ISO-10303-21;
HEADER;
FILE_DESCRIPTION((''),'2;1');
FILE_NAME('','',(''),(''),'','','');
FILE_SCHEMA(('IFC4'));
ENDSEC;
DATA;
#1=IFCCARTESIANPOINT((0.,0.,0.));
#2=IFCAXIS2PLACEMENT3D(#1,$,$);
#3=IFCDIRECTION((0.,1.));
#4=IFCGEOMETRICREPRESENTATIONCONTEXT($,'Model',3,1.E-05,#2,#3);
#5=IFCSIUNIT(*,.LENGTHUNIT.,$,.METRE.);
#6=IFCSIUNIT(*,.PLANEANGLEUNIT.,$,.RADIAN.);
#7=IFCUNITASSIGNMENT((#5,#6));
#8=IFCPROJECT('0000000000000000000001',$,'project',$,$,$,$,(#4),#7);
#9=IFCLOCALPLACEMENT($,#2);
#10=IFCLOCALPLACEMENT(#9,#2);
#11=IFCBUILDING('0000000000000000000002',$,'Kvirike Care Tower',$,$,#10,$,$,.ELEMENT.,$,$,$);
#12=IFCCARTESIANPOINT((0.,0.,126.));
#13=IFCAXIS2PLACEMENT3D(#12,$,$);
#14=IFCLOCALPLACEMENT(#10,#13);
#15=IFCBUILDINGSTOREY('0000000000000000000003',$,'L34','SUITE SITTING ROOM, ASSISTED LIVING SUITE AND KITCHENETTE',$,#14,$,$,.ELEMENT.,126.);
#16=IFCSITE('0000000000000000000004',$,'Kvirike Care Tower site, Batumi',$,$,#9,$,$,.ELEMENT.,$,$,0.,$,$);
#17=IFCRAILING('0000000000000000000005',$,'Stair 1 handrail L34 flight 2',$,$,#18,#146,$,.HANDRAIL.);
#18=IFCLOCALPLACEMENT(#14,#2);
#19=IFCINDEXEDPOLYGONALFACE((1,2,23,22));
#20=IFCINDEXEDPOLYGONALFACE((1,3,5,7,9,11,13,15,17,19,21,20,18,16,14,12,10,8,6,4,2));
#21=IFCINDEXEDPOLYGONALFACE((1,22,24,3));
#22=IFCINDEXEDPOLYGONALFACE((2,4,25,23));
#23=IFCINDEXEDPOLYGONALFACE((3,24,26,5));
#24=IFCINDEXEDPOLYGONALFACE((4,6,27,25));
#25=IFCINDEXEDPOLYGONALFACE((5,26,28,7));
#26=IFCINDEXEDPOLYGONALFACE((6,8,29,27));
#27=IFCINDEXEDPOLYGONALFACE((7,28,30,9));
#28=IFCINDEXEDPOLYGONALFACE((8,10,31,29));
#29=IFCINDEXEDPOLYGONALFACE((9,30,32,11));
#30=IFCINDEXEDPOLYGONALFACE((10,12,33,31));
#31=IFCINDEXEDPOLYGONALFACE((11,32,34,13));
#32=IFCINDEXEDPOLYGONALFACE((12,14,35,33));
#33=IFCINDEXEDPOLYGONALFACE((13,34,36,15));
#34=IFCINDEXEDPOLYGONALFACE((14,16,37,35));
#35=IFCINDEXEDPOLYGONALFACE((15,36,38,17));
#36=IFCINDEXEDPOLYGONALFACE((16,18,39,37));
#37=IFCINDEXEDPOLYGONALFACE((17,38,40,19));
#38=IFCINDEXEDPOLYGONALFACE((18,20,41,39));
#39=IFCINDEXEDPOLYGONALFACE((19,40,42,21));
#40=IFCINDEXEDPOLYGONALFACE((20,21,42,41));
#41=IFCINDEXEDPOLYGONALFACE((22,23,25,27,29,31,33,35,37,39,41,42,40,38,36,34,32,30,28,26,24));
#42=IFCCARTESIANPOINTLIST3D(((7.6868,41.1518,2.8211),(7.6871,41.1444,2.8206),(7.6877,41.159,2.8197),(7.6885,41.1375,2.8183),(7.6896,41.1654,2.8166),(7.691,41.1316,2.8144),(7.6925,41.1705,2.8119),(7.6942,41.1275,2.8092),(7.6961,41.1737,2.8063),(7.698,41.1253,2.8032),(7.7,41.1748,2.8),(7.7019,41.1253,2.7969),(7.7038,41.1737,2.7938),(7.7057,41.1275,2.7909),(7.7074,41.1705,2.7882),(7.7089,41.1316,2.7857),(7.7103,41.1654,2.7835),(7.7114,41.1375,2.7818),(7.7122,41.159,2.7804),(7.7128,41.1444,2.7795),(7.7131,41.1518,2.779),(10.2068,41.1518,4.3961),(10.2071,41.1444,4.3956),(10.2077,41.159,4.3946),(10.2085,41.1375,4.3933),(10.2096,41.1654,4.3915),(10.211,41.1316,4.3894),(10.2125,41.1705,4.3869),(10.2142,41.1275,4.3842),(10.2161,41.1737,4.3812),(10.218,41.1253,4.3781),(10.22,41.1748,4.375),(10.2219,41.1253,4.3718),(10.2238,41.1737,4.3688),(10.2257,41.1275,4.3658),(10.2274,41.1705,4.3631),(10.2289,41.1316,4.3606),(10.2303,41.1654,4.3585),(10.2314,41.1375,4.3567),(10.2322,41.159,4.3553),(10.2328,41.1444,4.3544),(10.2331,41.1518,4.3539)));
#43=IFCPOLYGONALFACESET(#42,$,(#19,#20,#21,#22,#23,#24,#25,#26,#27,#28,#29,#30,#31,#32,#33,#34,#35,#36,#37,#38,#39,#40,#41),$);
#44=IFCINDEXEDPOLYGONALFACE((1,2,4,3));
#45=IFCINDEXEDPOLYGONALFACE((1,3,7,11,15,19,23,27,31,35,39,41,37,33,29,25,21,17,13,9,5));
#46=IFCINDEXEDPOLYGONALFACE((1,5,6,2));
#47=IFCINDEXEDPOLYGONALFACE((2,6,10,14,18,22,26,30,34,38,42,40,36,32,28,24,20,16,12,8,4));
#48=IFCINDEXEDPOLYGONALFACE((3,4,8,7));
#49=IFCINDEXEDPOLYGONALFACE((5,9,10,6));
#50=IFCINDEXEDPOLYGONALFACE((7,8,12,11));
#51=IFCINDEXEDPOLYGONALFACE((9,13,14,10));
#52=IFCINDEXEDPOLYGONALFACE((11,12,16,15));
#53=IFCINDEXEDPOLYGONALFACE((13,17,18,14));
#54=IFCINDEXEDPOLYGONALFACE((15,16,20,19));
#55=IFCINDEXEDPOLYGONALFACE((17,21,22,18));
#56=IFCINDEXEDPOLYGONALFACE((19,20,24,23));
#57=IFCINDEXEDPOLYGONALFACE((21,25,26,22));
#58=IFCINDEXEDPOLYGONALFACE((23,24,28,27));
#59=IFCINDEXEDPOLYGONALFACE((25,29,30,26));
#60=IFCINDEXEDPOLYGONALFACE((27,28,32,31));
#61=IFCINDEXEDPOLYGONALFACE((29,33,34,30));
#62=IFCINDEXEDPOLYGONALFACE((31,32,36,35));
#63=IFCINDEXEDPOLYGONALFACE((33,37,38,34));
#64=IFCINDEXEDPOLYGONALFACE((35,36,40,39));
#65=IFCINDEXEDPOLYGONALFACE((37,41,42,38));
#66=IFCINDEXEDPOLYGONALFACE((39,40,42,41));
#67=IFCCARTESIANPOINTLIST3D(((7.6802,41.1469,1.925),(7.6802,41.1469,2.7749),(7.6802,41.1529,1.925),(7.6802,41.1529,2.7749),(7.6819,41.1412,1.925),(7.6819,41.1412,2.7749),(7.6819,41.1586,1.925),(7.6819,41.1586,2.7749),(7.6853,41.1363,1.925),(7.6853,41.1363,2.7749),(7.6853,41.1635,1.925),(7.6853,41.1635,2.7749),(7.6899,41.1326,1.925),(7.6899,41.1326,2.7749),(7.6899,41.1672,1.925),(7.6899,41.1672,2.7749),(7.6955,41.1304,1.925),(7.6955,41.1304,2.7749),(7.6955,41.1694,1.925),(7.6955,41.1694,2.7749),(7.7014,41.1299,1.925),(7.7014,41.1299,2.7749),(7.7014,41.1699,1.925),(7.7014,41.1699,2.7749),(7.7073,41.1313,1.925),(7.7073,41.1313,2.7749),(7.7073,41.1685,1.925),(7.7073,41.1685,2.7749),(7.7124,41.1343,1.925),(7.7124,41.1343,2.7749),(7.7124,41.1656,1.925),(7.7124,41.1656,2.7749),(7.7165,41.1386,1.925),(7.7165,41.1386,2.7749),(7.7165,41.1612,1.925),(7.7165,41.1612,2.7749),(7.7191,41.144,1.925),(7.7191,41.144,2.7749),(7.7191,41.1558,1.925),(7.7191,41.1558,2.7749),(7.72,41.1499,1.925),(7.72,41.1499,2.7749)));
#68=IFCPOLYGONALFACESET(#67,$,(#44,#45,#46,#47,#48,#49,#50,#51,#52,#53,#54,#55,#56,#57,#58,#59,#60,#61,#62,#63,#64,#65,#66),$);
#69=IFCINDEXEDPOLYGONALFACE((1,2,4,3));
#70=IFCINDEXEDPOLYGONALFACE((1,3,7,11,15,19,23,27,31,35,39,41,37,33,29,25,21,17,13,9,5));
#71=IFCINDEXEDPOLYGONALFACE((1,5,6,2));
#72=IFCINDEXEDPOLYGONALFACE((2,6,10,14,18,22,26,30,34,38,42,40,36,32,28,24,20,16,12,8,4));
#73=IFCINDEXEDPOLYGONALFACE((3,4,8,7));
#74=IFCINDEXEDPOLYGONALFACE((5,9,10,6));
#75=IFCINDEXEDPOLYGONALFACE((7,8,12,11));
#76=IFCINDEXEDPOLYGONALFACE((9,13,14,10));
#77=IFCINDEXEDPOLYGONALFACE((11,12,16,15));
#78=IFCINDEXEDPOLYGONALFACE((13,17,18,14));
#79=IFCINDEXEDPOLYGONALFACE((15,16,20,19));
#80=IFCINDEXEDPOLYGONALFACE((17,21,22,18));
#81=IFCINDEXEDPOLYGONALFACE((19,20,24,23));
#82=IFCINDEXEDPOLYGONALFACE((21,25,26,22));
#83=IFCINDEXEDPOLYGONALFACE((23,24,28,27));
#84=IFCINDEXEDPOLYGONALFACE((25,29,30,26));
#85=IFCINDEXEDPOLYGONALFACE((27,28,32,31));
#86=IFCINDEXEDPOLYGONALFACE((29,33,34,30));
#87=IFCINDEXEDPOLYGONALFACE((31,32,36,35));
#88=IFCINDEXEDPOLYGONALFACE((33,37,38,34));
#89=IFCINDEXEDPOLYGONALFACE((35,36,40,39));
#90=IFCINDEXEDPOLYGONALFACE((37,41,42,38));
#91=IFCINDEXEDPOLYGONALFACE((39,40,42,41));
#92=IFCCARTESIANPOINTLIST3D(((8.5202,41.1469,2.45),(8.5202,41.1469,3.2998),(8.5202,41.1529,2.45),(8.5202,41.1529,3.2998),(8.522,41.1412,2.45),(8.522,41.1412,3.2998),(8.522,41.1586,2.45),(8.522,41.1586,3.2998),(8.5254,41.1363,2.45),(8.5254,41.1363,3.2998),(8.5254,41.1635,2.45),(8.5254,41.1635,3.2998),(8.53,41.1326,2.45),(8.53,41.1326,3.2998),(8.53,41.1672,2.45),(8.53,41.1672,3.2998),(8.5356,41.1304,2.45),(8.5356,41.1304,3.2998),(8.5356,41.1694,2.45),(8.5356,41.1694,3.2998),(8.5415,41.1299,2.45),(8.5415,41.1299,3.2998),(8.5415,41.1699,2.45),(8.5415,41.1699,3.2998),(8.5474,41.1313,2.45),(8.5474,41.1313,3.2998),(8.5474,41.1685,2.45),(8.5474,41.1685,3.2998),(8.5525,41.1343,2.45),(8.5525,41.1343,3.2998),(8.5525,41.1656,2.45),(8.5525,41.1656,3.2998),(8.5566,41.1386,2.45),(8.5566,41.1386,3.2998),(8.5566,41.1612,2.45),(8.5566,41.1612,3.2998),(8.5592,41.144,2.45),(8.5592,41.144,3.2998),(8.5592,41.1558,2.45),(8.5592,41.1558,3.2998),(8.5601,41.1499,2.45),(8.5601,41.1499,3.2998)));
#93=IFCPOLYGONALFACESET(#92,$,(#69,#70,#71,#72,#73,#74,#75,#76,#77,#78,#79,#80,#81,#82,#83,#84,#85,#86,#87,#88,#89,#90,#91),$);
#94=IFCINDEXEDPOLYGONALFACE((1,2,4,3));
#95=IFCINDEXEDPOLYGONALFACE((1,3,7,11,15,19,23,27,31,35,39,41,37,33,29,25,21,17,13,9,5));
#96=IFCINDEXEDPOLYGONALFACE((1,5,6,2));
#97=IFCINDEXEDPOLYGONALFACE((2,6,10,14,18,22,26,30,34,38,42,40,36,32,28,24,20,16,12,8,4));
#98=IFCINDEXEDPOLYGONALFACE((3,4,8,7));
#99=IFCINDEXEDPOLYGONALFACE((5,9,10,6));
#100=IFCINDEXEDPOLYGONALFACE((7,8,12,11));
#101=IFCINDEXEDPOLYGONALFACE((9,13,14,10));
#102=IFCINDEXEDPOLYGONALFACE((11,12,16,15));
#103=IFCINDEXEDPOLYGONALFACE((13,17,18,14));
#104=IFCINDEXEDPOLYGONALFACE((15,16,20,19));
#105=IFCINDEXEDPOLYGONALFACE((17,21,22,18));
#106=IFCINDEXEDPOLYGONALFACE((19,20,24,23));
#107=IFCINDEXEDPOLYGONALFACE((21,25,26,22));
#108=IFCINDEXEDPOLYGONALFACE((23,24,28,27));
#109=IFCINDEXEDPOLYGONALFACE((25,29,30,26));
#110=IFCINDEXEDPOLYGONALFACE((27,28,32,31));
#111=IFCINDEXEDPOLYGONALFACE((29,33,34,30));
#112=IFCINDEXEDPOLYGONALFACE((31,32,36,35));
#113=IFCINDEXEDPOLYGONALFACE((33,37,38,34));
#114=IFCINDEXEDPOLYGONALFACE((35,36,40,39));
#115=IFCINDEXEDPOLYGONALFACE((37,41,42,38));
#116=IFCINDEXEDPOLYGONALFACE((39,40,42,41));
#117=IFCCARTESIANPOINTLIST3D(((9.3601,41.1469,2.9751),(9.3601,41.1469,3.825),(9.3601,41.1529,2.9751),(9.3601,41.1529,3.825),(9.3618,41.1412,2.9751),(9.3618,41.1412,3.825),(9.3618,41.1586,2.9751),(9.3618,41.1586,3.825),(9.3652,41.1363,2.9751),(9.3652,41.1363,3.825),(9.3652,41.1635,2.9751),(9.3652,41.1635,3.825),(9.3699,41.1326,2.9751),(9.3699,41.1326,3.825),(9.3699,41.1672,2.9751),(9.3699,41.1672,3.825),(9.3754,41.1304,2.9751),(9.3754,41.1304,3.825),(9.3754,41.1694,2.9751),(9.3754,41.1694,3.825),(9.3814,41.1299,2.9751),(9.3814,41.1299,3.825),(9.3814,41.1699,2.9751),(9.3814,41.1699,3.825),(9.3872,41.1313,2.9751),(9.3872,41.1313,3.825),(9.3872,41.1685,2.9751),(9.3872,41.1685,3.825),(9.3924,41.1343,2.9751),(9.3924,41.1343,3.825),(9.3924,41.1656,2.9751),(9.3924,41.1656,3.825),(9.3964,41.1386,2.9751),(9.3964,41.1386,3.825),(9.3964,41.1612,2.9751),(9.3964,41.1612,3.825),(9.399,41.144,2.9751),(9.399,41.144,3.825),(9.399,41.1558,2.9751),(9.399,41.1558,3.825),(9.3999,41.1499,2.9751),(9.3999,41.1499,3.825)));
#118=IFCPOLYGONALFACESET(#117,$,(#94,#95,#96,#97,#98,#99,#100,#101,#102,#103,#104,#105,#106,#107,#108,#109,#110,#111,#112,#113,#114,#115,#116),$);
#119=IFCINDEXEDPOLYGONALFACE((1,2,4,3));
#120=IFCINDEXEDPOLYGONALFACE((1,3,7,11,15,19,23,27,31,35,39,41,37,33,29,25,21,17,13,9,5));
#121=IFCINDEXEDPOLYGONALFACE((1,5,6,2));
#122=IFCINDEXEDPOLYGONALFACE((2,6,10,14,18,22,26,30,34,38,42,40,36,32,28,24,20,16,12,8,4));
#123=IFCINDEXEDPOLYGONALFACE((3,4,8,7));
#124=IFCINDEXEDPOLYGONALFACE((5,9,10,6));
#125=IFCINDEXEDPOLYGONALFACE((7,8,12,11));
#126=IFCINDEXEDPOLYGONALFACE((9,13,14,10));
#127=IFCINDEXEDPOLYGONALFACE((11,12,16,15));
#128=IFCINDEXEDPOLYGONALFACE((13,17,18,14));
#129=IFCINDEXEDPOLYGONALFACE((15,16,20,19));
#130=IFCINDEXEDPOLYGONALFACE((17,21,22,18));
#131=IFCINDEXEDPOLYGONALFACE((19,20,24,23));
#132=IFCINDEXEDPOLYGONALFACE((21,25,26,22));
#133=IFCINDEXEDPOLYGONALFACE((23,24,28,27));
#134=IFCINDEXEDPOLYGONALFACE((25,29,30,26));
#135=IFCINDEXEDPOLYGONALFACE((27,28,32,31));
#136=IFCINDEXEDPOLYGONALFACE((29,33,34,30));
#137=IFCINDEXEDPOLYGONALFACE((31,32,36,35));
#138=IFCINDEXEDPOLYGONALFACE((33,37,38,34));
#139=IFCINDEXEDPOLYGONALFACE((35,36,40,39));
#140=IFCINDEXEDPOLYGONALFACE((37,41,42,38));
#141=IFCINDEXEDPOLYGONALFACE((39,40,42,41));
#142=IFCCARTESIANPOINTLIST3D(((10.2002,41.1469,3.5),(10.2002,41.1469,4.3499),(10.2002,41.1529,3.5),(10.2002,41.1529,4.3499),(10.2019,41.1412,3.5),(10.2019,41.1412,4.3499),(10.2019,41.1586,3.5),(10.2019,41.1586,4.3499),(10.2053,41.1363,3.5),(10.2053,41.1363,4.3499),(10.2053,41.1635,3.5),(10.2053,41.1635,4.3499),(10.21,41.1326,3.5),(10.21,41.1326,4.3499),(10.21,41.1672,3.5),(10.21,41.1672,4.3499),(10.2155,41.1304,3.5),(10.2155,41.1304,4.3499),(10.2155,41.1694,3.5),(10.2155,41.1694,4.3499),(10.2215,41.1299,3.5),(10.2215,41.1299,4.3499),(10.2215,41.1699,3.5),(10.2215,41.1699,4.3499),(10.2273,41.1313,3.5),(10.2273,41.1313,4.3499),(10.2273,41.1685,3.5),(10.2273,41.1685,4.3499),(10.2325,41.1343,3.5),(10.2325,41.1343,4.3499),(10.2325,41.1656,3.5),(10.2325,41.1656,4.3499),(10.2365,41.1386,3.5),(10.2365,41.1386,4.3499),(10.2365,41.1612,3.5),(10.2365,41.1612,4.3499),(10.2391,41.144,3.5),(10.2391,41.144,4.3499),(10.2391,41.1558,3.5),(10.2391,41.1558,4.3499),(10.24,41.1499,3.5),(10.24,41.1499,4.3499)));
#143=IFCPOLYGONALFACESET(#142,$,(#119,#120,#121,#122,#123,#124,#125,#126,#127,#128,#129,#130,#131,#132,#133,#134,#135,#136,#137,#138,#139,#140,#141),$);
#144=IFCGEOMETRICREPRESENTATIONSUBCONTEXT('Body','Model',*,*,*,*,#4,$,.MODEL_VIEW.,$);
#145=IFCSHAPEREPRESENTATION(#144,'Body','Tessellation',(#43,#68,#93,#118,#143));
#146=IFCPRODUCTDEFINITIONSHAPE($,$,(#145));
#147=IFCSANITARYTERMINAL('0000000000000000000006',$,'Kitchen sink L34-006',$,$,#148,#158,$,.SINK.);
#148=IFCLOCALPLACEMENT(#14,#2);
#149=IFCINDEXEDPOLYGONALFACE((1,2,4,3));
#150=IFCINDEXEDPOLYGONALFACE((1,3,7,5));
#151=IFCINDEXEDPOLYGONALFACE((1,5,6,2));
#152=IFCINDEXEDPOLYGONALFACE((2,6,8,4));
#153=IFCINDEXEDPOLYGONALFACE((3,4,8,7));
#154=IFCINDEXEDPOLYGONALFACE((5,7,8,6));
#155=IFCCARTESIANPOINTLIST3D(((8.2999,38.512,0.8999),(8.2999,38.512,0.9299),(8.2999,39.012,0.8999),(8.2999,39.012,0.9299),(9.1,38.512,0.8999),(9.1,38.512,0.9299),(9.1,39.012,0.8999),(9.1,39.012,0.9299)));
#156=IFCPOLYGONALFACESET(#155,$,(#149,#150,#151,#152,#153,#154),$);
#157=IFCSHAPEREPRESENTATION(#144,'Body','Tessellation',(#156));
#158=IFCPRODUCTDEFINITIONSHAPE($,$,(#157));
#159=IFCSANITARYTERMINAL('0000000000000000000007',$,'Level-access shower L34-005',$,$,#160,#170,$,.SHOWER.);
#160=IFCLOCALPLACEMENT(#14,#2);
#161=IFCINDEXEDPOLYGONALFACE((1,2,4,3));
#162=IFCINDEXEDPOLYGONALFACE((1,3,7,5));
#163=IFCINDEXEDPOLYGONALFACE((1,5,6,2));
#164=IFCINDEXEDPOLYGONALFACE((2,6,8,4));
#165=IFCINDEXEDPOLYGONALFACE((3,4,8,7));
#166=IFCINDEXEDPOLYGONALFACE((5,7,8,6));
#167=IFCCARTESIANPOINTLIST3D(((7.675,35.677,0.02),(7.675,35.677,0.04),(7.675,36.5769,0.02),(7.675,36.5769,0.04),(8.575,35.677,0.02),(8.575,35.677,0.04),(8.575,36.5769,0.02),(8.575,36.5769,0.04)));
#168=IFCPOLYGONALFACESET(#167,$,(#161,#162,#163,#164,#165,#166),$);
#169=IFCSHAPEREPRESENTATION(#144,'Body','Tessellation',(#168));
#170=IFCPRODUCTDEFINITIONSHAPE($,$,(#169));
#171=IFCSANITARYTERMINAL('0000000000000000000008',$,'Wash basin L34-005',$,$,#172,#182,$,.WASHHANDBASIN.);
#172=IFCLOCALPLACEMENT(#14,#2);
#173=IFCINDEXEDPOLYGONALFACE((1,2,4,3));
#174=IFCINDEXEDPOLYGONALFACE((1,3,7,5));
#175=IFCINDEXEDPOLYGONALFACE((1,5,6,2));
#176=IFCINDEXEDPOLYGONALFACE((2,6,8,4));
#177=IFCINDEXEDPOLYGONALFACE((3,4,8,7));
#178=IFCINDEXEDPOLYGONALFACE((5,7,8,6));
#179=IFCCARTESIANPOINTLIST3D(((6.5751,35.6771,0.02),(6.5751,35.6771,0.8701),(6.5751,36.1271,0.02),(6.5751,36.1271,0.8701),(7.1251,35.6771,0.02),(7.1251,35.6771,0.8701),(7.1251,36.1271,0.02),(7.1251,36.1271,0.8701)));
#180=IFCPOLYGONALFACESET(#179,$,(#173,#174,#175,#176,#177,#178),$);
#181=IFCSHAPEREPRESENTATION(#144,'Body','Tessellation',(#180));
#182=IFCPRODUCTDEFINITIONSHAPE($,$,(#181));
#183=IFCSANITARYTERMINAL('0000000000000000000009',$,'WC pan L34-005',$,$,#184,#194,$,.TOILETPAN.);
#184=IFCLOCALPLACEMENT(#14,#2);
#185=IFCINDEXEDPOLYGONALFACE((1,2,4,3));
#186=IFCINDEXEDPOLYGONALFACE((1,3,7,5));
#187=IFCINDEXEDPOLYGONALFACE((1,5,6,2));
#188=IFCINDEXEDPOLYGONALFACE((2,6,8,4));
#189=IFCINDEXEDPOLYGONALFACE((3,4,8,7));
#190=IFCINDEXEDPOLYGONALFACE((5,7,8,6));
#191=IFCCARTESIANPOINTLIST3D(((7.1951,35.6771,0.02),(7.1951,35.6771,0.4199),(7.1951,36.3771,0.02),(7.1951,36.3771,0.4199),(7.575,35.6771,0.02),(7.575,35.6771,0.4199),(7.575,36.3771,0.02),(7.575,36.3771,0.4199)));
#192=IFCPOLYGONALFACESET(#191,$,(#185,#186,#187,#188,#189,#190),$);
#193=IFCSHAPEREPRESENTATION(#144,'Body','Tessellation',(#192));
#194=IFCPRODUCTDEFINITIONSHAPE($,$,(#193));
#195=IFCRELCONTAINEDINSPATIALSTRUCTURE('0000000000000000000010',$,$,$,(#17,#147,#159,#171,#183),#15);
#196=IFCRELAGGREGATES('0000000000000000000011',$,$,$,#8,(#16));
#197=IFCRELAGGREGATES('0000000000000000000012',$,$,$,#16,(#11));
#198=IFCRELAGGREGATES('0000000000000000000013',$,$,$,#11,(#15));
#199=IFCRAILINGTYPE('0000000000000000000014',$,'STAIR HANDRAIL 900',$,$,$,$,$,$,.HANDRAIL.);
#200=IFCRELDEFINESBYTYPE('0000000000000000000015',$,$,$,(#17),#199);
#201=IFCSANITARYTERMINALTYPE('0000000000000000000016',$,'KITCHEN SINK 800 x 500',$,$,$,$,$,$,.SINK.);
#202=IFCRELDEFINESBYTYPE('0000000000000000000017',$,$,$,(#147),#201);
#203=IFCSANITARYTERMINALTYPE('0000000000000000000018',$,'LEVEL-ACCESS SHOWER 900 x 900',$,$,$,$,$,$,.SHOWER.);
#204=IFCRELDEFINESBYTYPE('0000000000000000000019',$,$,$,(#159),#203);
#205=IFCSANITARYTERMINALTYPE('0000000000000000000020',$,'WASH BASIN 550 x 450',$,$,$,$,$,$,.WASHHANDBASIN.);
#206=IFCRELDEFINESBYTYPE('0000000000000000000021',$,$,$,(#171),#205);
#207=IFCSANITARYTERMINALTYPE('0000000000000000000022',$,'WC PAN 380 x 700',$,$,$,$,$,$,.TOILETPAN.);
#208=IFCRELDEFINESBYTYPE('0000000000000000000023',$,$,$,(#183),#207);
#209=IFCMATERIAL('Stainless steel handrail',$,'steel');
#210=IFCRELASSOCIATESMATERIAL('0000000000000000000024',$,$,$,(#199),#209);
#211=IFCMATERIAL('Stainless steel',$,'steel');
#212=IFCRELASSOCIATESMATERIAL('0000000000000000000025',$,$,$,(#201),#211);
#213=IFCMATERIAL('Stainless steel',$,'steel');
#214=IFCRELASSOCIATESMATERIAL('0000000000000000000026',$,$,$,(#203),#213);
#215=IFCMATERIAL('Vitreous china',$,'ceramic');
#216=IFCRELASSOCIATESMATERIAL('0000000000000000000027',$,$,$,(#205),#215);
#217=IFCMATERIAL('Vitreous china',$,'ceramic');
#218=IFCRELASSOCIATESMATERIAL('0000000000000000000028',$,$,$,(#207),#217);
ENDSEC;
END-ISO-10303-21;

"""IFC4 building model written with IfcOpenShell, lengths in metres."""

from ifc_helpers import new_model, si_unit, direction, frame, origin, origin_2d, place, context, subcontext, project, spatial, rectangle, circle, extrude, material, type_object, element, save


model = new_model("IFC4")

# Units and contexts
model_context = context("Model", 3, precision=1e-05, world=origin(), true_north=direction((0.0, 1.0)))
body_context = subcontext(model_context, "Body", "Model", "MODEL_VIEW")
ifc_project = project(units=[si_unit("LENGTHUNIT", "METRE"), si_unit("PLANEANGLEUNIT", "RADIAN")], contexts=[model_context])

# Site, building, storey
site_placement = place(None, origin())
site = spatial("IfcSite", under=ifc_project, at=site_placement, Name="Kvirike Care Tower site, Batumi", CompositionType="ELEMENT", RefElevation=0.0)
building_placement = place(site_placement, origin())
building = spatial("IfcBuilding", under=site, at=building_placement, Name="Kvirike Care Tower", CompositionType="ELEMENT")
storey_placement = place(building_placement, frame((0.0, 0.0, 126.0)))
storey = spatial("IfcBuildingStorey", under=building, at=storey_placement, Name="L34", Description="SUITE SITTING ROOM, ASSISTED LIVING SUITE AND KITCHENETTE", CompositionType="ELEMENT", Elevation=126.0)

# Railing
ifc_material_1 = material(Name="Stainless steel handrail", Category="steel")
railing_type = type_object("IfcRailingType", Name="STAIR HANDRAIL 900", PredefinedType="HANDRAIL", material=ifc_material_1)
railing_1_placement = place(storey_placement, frame((7.7, 41.1499, 1.925)))
element("IfcRailing", 1, at=railing_1_placement, inside=storey, type_object=railing_type, Name="Stair 1 handrail L34 flight 2", PredefinedType="HANDRAIL", context=body_context, shape_type="SweptSolid", body=[
    extrude(circle(Radius=0.0249, at=origin_2d()), frame((0.0, 0.0, 0.875), z_axis=(0.848008, 0.0, 0.529984), x_axis=(0.0, 1.0, 0.0)), (0.0, 0.0, 1.0), 2.9717),
    extrude(circle(Radius=0.02, at=origin_2d()), origin(), (0.0, 0.0, 1.0), 0.8499),
    extrude(circle(Radius=0.02, at=origin_2d()), frame((0.8401, 0.0, 0.5249)), (0.0, 0.0, 1.0), 0.8499),
    extrude(circle(Radius=0.02, at=origin_2d()), frame((1.6799, 0.0, 1.05)), (0.0, 0.0, 1.0), 0.8499),
    extrude(circle(Radius=0.02, at=origin_2d()), frame((2.52, 0.0, 1.575)), (0.0, 0.0, 1.0), 0.8499),
])

# Sanitary terminals
ifc_material_2 = material(Name="Stainless steel", Category="steel")
sanitary_terminal_type_1 = type_object("IfcSanitaryTerminalType", Name="KITCHEN SINK 800 x 500", PredefinedType="SINK", material=ifc_material_2)
sanitary_terminal_1_placement = place(storey_placement, frame((8.7, 38.762, 0.8999), z_axis=(0.0, 0.0, 1.0), x_axis=(-1.0, 0.0, 0.0)))
element("IfcSanitaryTerminal", 2, at=sanitary_terminal_1_placement, inside=storey, type_object=sanitary_terminal_type_1, Name="Kitchen sink L34-006", PredefinedType="SINK", context=body_context, shape_type="SweptSolid", body=[
    extrude(rectangle(XDim=0.8, YDim=0.5, at=origin_2d()), origin(), (0.0, 0.0, 1.0), 0.03),
])
ifc_material_3 = material(Name="Stainless steel", Category="steel")
sanitary_terminal_type_2 = type_object("IfcSanitaryTerminalType", Name="LEVEL-ACCESS SHOWER 900 x 900", PredefinedType="SHOWER", material=ifc_material_3)
sanitary_terminal_2_placement = place(storey_placement, frame((8.125, 36.127, 0.02), z_axis=(0.0, 0.0, 1.0), x_axis=(-1.0, 0.0, 0.0)))
element("IfcSanitaryTerminal", 3, at=sanitary_terminal_2_placement, inside=storey, type_object=sanitary_terminal_type_2, Name="Level-access shower L34-005", PredefinedType="SHOWER", context=body_context, shape_type="SweptSolid", body=[
    extrude(rectangle(XDim=0.8999, YDim=0.8999, at=origin_2d()), origin(), (0.0, 0.0, 1.0), 0.02),
])
ifc_material_4 = material(Name="Vitreous china", Category="ceramic")
sanitary_terminal_type_3 = type_object("IfcSanitaryTerminalType", Name="WASH BASIN 550 x 450", PredefinedType="WASHHANDBASIN", material=ifc_material_4)
sanitary_terminal_3_placement = place(storey_placement, frame((6.8501, 35.9021, 0.02), z_axis=(0.0, 0.0, 1.0), x_axis=(-1.0, 0.0, 0.0)))
element("IfcSanitaryTerminal", 4, at=sanitary_terminal_3_placement, inside=storey, type_object=sanitary_terminal_type_3, Name="Wash basin L34-005", PredefinedType="WASHHANDBASIN", context=body_context, shape_type="SweptSolid", body=[
    extrude(rectangle(XDim=0.55, YDim=0.45, at=origin_2d()), origin(), (0.0, 0.0, 1.0), 0.8501),
])
ifc_material_5 = material(Name="Vitreous china", Category="ceramic")
sanitary_terminal_type_4 = type_object("IfcSanitaryTerminalType", Name="WC PAN 380 x 700", PredefinedType="TOILETPAN", material=ifc_material_5)
sanitary_terminal_4_placement = place(storey_placement, frame((7.385, 36.0271, 0.02), z_axis=(0.0, 0.0, 1.0), x_axis=(-1.0, 0.0, 0.0)))
element("IfcSanitaryTerminal", 5, at=sanitary_terminal_4_placement, inside=storey, type_object=sanitary_terminal_type_4, Name="WC pan L34-005", PredefinedType="TOILETPAN", context=body_context, shape_type="SweptSolid", body=[
    extrude(rectangle(XDim=0.3799, YDim=0.7, at=origin_2d()), origin(), (0.0, 0.0, 1.0), 0.3999),
])

save(model, "model.ifc")
